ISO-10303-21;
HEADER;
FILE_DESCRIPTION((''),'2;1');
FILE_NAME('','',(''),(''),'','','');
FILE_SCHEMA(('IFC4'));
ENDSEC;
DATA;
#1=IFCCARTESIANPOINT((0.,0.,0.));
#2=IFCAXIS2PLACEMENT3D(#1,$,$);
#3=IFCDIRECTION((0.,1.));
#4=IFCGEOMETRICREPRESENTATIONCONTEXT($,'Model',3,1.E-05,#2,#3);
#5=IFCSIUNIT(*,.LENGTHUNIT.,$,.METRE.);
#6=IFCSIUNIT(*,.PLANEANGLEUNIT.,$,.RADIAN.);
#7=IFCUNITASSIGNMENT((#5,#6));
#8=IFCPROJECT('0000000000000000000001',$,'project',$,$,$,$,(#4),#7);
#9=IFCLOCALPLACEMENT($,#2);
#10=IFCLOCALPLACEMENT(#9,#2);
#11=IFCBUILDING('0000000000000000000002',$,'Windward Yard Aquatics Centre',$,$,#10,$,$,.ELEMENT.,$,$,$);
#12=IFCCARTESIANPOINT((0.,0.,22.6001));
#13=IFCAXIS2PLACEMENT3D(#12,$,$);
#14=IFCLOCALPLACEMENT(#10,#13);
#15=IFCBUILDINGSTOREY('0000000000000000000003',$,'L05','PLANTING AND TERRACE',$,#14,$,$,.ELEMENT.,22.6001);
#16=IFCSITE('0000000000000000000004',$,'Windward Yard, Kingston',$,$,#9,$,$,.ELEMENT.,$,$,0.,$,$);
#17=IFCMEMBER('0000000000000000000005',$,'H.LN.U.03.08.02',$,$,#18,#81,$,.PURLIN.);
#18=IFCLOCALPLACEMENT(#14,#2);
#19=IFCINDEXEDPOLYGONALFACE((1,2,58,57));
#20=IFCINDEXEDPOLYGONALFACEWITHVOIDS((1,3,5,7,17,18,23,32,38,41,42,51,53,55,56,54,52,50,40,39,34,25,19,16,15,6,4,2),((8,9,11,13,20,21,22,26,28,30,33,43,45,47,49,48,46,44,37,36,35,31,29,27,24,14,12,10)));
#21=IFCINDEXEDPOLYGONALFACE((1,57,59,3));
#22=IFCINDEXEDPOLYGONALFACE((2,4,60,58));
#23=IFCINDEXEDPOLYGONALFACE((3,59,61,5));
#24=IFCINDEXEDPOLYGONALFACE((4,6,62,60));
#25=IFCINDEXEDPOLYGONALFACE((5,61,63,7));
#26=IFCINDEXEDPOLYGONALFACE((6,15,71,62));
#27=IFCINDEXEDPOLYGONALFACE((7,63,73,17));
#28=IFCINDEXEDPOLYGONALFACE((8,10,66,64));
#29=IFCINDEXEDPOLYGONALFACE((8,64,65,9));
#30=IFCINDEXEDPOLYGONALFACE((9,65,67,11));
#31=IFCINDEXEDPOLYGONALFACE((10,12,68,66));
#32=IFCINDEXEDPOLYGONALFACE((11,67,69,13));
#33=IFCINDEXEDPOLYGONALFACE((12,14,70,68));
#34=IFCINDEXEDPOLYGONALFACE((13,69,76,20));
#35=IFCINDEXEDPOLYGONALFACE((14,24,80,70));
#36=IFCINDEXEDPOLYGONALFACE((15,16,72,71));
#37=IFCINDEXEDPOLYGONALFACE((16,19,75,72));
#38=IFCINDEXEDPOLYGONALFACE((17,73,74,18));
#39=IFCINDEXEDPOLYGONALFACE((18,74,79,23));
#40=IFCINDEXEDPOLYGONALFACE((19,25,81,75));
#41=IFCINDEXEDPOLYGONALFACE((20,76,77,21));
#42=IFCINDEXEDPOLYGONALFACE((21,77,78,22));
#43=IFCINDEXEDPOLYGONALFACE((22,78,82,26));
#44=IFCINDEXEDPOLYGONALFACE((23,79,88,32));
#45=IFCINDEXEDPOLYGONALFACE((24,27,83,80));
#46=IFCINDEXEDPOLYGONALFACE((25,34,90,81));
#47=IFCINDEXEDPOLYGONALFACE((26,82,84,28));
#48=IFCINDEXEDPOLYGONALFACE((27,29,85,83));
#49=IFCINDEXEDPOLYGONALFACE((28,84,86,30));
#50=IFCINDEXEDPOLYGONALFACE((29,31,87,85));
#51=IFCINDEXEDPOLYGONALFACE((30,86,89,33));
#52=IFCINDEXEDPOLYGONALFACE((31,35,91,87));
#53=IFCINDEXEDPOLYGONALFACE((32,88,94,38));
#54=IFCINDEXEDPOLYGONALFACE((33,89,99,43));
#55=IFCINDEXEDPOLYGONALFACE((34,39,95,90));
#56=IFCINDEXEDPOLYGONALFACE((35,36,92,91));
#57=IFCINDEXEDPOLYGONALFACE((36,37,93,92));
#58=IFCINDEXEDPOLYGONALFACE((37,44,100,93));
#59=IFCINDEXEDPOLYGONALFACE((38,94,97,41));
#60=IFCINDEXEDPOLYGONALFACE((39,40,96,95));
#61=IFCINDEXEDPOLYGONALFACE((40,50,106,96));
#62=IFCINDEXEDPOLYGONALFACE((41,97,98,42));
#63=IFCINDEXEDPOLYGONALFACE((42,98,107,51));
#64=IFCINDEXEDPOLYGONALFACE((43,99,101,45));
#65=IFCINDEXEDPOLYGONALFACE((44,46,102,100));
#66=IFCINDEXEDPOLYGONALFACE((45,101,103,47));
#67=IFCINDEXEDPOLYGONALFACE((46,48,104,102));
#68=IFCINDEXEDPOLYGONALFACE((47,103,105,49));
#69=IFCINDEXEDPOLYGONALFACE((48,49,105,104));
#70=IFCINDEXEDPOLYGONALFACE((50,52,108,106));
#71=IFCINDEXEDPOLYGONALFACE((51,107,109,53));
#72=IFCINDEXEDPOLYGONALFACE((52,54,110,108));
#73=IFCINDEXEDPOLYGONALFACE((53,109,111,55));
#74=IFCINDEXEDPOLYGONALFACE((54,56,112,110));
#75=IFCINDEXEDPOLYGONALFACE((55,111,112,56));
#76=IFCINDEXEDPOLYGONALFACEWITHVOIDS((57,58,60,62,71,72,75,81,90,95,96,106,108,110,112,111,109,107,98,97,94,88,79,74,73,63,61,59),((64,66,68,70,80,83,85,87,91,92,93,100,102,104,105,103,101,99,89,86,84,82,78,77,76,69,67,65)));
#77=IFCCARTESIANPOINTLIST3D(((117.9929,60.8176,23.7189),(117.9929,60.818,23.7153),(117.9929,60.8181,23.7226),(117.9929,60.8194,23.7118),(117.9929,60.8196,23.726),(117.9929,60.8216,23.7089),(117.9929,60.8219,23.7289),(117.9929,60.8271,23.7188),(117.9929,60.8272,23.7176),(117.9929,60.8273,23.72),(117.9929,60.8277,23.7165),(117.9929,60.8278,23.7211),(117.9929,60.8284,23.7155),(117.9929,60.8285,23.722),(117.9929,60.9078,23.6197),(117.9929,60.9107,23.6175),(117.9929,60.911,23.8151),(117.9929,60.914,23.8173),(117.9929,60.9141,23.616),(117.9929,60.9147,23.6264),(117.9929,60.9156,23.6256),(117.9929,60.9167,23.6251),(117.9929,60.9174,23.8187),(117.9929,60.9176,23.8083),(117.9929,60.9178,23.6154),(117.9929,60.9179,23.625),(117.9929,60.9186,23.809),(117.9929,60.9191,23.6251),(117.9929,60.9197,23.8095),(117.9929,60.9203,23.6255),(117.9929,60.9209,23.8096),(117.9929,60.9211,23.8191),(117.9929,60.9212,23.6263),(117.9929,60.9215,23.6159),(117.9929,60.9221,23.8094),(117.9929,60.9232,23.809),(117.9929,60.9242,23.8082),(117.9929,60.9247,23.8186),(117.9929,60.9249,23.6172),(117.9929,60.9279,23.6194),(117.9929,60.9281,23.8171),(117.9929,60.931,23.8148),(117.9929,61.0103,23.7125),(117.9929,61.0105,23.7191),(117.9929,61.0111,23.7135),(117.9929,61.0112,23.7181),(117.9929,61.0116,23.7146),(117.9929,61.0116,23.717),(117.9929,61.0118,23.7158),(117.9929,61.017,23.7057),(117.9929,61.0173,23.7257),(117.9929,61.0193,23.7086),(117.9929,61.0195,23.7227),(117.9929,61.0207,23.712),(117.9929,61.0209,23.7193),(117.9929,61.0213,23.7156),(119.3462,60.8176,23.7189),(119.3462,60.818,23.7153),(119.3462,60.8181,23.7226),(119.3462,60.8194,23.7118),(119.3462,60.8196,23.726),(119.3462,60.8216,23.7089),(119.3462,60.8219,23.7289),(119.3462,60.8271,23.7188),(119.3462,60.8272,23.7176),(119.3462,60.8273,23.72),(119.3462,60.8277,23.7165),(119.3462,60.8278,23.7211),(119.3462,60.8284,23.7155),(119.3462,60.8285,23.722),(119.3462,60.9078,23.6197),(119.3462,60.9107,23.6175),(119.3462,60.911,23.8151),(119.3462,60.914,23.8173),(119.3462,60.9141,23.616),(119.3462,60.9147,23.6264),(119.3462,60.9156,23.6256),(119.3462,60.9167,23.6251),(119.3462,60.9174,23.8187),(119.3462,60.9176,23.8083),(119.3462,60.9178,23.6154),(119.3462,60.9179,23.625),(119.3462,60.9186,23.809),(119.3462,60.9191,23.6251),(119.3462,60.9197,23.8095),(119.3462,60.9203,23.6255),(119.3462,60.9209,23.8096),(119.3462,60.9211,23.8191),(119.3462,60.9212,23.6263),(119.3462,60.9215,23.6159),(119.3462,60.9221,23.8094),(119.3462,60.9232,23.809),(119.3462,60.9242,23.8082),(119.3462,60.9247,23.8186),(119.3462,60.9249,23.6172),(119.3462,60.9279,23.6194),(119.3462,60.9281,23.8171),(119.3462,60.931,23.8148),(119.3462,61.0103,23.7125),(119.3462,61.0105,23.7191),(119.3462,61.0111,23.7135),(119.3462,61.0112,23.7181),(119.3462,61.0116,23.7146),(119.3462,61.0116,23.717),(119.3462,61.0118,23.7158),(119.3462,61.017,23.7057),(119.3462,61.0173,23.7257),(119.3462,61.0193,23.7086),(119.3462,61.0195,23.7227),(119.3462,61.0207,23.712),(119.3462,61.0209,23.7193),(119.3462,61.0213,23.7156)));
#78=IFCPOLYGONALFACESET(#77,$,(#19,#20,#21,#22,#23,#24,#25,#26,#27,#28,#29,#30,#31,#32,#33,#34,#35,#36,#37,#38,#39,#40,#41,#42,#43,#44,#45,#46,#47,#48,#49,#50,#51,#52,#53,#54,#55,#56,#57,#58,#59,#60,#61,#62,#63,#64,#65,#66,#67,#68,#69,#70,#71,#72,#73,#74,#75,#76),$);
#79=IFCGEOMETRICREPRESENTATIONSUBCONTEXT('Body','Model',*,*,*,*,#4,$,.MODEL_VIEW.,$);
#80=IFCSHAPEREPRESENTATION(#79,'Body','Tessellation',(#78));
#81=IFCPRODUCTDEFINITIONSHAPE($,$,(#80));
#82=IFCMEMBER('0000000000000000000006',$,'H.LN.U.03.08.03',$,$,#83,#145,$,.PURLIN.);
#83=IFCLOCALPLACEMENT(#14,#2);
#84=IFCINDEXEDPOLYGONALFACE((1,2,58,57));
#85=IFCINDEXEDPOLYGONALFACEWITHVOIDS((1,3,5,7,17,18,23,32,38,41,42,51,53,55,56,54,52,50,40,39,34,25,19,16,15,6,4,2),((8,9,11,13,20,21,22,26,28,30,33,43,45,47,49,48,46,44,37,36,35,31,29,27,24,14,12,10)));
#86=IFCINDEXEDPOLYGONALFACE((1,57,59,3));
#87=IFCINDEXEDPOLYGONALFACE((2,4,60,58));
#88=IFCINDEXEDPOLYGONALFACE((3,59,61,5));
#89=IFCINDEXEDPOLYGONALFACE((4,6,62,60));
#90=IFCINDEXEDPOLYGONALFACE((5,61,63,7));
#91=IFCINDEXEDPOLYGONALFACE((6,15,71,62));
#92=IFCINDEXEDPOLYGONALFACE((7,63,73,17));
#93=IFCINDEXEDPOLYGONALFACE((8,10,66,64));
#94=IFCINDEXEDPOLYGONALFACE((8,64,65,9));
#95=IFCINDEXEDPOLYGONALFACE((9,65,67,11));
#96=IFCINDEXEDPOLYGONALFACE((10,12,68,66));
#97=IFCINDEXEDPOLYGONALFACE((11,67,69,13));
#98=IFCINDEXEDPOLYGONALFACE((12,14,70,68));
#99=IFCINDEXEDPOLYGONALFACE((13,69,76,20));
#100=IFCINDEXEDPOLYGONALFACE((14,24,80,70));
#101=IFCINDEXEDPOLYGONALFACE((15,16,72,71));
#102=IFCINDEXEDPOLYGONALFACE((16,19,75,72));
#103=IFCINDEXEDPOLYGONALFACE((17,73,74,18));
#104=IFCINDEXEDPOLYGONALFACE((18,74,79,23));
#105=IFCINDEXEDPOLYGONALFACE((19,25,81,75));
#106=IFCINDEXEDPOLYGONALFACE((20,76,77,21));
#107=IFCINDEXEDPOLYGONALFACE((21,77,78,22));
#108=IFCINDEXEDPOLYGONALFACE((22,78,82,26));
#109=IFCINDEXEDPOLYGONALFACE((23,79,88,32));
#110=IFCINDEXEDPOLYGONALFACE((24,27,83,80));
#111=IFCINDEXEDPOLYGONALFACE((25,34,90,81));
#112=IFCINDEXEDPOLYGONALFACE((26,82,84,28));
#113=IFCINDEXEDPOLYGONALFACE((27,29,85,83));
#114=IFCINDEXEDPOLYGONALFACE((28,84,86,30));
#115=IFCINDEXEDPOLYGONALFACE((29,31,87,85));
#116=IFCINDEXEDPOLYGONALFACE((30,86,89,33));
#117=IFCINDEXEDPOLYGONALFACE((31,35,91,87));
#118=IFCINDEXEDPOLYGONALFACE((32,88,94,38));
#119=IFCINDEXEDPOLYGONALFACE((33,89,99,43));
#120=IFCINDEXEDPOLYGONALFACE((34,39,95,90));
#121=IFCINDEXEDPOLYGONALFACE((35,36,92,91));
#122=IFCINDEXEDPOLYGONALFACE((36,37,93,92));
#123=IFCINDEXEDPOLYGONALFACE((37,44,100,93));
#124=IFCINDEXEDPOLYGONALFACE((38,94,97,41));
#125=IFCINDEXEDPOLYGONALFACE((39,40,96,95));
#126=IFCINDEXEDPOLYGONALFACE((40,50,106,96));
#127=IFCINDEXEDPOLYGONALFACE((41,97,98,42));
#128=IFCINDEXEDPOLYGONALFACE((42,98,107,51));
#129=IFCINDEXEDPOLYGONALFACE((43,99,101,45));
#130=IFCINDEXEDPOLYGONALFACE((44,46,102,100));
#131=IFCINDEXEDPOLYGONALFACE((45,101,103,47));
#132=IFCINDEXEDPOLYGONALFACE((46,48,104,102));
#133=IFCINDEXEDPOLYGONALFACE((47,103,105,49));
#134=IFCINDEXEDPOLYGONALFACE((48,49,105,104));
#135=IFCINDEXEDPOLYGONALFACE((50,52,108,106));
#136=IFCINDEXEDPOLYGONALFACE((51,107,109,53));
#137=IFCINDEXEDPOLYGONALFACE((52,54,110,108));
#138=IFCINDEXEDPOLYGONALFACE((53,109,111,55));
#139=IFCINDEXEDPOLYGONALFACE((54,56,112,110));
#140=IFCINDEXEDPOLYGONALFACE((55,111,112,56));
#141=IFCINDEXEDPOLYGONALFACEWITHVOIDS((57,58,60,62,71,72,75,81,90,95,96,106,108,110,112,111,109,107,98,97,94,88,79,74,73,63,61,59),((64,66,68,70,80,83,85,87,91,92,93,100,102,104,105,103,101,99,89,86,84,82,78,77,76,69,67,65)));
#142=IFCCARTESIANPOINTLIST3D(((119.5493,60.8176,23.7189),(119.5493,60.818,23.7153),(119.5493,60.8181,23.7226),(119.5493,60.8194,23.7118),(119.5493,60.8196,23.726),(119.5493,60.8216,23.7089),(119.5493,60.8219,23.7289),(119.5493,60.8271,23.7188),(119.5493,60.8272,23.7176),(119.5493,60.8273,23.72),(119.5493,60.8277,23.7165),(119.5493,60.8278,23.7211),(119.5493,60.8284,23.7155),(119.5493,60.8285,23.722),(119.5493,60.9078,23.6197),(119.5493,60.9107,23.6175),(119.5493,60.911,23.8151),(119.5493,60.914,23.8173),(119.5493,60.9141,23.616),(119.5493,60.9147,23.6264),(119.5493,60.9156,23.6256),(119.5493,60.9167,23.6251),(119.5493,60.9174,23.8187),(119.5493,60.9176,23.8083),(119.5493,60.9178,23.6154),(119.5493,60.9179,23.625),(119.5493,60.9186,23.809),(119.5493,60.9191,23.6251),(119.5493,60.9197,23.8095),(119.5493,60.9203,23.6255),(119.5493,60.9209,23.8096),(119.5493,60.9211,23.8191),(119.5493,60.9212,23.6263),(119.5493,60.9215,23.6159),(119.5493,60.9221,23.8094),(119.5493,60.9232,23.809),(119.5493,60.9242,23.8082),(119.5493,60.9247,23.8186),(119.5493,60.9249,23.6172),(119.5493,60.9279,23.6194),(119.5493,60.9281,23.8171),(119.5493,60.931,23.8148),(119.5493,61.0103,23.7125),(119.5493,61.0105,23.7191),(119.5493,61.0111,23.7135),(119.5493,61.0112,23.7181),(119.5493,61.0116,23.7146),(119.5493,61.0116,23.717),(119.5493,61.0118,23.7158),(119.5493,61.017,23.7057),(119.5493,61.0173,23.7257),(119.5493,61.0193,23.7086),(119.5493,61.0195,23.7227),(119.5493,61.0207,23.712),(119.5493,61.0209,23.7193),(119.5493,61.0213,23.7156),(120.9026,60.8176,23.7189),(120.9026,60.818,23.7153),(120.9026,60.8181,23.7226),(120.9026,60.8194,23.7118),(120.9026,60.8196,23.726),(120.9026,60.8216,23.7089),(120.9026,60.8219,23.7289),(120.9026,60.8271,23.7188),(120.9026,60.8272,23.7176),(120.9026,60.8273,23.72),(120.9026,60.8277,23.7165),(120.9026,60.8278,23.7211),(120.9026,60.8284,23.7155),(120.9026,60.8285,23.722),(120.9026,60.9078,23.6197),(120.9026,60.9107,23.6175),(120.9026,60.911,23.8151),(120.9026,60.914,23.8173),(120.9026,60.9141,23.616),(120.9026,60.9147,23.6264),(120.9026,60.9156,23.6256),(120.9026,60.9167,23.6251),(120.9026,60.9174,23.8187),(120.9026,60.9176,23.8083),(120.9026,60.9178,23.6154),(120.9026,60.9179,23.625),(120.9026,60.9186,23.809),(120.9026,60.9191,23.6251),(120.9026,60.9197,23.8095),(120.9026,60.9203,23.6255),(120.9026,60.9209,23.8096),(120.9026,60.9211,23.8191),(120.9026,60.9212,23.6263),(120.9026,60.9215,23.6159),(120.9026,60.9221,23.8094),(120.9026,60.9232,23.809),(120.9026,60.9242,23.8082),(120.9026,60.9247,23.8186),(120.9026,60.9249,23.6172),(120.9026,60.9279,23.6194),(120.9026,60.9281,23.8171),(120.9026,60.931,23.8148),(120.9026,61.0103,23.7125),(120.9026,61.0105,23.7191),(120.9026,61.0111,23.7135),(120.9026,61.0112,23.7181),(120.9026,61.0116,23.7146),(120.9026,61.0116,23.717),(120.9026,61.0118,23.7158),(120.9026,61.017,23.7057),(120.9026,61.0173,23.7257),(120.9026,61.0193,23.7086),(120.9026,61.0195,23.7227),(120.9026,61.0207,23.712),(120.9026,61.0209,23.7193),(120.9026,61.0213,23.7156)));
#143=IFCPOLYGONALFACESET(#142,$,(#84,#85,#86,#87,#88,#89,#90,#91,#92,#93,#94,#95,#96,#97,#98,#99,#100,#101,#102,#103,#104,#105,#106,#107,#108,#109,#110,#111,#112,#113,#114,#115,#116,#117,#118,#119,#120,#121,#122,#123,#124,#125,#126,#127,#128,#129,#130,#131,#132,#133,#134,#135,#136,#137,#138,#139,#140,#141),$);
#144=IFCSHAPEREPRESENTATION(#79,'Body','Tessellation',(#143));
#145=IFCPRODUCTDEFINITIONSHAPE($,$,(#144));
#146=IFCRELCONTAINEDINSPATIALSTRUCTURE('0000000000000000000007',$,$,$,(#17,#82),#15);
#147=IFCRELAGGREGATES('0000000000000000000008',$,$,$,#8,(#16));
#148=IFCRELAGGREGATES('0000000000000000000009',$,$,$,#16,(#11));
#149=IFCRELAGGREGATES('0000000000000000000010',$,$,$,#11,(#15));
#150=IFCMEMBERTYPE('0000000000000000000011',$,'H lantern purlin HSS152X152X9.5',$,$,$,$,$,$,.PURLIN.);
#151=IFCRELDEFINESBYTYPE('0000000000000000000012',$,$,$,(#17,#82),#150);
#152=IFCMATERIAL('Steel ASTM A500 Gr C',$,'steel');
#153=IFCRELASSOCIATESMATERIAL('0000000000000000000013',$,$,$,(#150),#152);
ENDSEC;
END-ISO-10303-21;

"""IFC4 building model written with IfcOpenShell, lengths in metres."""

from ifc_helpers import new_model, si_unit, direction, frame, origin, origin_2d, place, context, subcontext, project, spatial, hollow_rectangle, extrude, material, material_profile, profile_set, type_object, element, save


model = new_model("IFC4")

# Units and contexts
model_context = context("Model", 3, precision=1e-05, world=origin(), true_north=direction((0.0, 1.0)))
body_context = subcontext(model_context, "Body", "Model", "MODEL_VIEW")
ifc_project = project(units=[si_unit("LENGTHUNIT", "METRE"), si_unit("PLANEANGLEUNIT", "RADIAN")], contexts=[model_context])

# Site, building, storey
site_placement = place(None, origin())
site = spatial("IfcSite", under=ifc_project, at=site_placement, Name="Windward Yard, Kingston", CompositionType="ELEMENT", RefElevation=0.0)
building_placement = place(site_placement, origin())
building = spatial("IfcBuilding", under=site, at=building_placement, Name="Windward Yard Aquatics Centre", CompositionType="ELEMENT")
storey_placement = place(building_placement, frame((0.0, 0.0, 22.6001)))
storey = spatial("IfcBuildingStorey", under=building, at=storey_placement, Name="L05", Description="PLANTING AND TERRACE", CompositionType="ELEMENT", Elevation=22.6001)

# Members
ifc_material_1 = material(Name="Steel ASTM A500 Gr C", Category="steel")
ifc_material_profile = material_profile(ifc_material_1, hollow_rectangle(XDim=0.1523, YDim=0.1523, WallThickness=0.0095, InnerFilletRadius=0.0046, OuterFilletRadius=0.0142, at=origin_2d()), Name="HSS152X152X9.5")
ifc_profile_set = profile_set([ifc_material_profile], Name="Steel ASTM A500 Gr C")
member_type = type_object("IfcMemberType", Name="H lantern purlin HSS152X152X9.5", PredefinedType="PURLIN", material=ifc_profile_set)
for number, where, z_axis, x_axis, name in (
    (1, (117.9929, 60.9194, 23.7173), (1.0, 0.0, 0.0), (0.0, 0.69555, -0.718477), "H.LN.U.03.08.02"),
    (2, (119.5493, 60.9194, 23.7173), (1.0, 0.0, 0.0), (0.0, 0.69555, -0.718477), "H.LN.U.03.08.03"),
):
    element("IfcMember", number, at=place(storey_placement, frame(where, z_axis=z_axis, x_axis=x_axis)), inside=storey, type_object=member_type, Name=name, PredefinedType="PURLIN", context=body_context, shape_type="SweptSolid", body=[
        extrude(hollow_rectangle(XDim=0.1523, YDim=0.1523, WallThickness=0.0095, InnerFilletRadius=0.0046, OuterFilletRadius=0.0142, at=origin_2d()), origin(), (0.0, 0.0, 1.0), 1.3533),
    ])

save(model, "model.ifc")
